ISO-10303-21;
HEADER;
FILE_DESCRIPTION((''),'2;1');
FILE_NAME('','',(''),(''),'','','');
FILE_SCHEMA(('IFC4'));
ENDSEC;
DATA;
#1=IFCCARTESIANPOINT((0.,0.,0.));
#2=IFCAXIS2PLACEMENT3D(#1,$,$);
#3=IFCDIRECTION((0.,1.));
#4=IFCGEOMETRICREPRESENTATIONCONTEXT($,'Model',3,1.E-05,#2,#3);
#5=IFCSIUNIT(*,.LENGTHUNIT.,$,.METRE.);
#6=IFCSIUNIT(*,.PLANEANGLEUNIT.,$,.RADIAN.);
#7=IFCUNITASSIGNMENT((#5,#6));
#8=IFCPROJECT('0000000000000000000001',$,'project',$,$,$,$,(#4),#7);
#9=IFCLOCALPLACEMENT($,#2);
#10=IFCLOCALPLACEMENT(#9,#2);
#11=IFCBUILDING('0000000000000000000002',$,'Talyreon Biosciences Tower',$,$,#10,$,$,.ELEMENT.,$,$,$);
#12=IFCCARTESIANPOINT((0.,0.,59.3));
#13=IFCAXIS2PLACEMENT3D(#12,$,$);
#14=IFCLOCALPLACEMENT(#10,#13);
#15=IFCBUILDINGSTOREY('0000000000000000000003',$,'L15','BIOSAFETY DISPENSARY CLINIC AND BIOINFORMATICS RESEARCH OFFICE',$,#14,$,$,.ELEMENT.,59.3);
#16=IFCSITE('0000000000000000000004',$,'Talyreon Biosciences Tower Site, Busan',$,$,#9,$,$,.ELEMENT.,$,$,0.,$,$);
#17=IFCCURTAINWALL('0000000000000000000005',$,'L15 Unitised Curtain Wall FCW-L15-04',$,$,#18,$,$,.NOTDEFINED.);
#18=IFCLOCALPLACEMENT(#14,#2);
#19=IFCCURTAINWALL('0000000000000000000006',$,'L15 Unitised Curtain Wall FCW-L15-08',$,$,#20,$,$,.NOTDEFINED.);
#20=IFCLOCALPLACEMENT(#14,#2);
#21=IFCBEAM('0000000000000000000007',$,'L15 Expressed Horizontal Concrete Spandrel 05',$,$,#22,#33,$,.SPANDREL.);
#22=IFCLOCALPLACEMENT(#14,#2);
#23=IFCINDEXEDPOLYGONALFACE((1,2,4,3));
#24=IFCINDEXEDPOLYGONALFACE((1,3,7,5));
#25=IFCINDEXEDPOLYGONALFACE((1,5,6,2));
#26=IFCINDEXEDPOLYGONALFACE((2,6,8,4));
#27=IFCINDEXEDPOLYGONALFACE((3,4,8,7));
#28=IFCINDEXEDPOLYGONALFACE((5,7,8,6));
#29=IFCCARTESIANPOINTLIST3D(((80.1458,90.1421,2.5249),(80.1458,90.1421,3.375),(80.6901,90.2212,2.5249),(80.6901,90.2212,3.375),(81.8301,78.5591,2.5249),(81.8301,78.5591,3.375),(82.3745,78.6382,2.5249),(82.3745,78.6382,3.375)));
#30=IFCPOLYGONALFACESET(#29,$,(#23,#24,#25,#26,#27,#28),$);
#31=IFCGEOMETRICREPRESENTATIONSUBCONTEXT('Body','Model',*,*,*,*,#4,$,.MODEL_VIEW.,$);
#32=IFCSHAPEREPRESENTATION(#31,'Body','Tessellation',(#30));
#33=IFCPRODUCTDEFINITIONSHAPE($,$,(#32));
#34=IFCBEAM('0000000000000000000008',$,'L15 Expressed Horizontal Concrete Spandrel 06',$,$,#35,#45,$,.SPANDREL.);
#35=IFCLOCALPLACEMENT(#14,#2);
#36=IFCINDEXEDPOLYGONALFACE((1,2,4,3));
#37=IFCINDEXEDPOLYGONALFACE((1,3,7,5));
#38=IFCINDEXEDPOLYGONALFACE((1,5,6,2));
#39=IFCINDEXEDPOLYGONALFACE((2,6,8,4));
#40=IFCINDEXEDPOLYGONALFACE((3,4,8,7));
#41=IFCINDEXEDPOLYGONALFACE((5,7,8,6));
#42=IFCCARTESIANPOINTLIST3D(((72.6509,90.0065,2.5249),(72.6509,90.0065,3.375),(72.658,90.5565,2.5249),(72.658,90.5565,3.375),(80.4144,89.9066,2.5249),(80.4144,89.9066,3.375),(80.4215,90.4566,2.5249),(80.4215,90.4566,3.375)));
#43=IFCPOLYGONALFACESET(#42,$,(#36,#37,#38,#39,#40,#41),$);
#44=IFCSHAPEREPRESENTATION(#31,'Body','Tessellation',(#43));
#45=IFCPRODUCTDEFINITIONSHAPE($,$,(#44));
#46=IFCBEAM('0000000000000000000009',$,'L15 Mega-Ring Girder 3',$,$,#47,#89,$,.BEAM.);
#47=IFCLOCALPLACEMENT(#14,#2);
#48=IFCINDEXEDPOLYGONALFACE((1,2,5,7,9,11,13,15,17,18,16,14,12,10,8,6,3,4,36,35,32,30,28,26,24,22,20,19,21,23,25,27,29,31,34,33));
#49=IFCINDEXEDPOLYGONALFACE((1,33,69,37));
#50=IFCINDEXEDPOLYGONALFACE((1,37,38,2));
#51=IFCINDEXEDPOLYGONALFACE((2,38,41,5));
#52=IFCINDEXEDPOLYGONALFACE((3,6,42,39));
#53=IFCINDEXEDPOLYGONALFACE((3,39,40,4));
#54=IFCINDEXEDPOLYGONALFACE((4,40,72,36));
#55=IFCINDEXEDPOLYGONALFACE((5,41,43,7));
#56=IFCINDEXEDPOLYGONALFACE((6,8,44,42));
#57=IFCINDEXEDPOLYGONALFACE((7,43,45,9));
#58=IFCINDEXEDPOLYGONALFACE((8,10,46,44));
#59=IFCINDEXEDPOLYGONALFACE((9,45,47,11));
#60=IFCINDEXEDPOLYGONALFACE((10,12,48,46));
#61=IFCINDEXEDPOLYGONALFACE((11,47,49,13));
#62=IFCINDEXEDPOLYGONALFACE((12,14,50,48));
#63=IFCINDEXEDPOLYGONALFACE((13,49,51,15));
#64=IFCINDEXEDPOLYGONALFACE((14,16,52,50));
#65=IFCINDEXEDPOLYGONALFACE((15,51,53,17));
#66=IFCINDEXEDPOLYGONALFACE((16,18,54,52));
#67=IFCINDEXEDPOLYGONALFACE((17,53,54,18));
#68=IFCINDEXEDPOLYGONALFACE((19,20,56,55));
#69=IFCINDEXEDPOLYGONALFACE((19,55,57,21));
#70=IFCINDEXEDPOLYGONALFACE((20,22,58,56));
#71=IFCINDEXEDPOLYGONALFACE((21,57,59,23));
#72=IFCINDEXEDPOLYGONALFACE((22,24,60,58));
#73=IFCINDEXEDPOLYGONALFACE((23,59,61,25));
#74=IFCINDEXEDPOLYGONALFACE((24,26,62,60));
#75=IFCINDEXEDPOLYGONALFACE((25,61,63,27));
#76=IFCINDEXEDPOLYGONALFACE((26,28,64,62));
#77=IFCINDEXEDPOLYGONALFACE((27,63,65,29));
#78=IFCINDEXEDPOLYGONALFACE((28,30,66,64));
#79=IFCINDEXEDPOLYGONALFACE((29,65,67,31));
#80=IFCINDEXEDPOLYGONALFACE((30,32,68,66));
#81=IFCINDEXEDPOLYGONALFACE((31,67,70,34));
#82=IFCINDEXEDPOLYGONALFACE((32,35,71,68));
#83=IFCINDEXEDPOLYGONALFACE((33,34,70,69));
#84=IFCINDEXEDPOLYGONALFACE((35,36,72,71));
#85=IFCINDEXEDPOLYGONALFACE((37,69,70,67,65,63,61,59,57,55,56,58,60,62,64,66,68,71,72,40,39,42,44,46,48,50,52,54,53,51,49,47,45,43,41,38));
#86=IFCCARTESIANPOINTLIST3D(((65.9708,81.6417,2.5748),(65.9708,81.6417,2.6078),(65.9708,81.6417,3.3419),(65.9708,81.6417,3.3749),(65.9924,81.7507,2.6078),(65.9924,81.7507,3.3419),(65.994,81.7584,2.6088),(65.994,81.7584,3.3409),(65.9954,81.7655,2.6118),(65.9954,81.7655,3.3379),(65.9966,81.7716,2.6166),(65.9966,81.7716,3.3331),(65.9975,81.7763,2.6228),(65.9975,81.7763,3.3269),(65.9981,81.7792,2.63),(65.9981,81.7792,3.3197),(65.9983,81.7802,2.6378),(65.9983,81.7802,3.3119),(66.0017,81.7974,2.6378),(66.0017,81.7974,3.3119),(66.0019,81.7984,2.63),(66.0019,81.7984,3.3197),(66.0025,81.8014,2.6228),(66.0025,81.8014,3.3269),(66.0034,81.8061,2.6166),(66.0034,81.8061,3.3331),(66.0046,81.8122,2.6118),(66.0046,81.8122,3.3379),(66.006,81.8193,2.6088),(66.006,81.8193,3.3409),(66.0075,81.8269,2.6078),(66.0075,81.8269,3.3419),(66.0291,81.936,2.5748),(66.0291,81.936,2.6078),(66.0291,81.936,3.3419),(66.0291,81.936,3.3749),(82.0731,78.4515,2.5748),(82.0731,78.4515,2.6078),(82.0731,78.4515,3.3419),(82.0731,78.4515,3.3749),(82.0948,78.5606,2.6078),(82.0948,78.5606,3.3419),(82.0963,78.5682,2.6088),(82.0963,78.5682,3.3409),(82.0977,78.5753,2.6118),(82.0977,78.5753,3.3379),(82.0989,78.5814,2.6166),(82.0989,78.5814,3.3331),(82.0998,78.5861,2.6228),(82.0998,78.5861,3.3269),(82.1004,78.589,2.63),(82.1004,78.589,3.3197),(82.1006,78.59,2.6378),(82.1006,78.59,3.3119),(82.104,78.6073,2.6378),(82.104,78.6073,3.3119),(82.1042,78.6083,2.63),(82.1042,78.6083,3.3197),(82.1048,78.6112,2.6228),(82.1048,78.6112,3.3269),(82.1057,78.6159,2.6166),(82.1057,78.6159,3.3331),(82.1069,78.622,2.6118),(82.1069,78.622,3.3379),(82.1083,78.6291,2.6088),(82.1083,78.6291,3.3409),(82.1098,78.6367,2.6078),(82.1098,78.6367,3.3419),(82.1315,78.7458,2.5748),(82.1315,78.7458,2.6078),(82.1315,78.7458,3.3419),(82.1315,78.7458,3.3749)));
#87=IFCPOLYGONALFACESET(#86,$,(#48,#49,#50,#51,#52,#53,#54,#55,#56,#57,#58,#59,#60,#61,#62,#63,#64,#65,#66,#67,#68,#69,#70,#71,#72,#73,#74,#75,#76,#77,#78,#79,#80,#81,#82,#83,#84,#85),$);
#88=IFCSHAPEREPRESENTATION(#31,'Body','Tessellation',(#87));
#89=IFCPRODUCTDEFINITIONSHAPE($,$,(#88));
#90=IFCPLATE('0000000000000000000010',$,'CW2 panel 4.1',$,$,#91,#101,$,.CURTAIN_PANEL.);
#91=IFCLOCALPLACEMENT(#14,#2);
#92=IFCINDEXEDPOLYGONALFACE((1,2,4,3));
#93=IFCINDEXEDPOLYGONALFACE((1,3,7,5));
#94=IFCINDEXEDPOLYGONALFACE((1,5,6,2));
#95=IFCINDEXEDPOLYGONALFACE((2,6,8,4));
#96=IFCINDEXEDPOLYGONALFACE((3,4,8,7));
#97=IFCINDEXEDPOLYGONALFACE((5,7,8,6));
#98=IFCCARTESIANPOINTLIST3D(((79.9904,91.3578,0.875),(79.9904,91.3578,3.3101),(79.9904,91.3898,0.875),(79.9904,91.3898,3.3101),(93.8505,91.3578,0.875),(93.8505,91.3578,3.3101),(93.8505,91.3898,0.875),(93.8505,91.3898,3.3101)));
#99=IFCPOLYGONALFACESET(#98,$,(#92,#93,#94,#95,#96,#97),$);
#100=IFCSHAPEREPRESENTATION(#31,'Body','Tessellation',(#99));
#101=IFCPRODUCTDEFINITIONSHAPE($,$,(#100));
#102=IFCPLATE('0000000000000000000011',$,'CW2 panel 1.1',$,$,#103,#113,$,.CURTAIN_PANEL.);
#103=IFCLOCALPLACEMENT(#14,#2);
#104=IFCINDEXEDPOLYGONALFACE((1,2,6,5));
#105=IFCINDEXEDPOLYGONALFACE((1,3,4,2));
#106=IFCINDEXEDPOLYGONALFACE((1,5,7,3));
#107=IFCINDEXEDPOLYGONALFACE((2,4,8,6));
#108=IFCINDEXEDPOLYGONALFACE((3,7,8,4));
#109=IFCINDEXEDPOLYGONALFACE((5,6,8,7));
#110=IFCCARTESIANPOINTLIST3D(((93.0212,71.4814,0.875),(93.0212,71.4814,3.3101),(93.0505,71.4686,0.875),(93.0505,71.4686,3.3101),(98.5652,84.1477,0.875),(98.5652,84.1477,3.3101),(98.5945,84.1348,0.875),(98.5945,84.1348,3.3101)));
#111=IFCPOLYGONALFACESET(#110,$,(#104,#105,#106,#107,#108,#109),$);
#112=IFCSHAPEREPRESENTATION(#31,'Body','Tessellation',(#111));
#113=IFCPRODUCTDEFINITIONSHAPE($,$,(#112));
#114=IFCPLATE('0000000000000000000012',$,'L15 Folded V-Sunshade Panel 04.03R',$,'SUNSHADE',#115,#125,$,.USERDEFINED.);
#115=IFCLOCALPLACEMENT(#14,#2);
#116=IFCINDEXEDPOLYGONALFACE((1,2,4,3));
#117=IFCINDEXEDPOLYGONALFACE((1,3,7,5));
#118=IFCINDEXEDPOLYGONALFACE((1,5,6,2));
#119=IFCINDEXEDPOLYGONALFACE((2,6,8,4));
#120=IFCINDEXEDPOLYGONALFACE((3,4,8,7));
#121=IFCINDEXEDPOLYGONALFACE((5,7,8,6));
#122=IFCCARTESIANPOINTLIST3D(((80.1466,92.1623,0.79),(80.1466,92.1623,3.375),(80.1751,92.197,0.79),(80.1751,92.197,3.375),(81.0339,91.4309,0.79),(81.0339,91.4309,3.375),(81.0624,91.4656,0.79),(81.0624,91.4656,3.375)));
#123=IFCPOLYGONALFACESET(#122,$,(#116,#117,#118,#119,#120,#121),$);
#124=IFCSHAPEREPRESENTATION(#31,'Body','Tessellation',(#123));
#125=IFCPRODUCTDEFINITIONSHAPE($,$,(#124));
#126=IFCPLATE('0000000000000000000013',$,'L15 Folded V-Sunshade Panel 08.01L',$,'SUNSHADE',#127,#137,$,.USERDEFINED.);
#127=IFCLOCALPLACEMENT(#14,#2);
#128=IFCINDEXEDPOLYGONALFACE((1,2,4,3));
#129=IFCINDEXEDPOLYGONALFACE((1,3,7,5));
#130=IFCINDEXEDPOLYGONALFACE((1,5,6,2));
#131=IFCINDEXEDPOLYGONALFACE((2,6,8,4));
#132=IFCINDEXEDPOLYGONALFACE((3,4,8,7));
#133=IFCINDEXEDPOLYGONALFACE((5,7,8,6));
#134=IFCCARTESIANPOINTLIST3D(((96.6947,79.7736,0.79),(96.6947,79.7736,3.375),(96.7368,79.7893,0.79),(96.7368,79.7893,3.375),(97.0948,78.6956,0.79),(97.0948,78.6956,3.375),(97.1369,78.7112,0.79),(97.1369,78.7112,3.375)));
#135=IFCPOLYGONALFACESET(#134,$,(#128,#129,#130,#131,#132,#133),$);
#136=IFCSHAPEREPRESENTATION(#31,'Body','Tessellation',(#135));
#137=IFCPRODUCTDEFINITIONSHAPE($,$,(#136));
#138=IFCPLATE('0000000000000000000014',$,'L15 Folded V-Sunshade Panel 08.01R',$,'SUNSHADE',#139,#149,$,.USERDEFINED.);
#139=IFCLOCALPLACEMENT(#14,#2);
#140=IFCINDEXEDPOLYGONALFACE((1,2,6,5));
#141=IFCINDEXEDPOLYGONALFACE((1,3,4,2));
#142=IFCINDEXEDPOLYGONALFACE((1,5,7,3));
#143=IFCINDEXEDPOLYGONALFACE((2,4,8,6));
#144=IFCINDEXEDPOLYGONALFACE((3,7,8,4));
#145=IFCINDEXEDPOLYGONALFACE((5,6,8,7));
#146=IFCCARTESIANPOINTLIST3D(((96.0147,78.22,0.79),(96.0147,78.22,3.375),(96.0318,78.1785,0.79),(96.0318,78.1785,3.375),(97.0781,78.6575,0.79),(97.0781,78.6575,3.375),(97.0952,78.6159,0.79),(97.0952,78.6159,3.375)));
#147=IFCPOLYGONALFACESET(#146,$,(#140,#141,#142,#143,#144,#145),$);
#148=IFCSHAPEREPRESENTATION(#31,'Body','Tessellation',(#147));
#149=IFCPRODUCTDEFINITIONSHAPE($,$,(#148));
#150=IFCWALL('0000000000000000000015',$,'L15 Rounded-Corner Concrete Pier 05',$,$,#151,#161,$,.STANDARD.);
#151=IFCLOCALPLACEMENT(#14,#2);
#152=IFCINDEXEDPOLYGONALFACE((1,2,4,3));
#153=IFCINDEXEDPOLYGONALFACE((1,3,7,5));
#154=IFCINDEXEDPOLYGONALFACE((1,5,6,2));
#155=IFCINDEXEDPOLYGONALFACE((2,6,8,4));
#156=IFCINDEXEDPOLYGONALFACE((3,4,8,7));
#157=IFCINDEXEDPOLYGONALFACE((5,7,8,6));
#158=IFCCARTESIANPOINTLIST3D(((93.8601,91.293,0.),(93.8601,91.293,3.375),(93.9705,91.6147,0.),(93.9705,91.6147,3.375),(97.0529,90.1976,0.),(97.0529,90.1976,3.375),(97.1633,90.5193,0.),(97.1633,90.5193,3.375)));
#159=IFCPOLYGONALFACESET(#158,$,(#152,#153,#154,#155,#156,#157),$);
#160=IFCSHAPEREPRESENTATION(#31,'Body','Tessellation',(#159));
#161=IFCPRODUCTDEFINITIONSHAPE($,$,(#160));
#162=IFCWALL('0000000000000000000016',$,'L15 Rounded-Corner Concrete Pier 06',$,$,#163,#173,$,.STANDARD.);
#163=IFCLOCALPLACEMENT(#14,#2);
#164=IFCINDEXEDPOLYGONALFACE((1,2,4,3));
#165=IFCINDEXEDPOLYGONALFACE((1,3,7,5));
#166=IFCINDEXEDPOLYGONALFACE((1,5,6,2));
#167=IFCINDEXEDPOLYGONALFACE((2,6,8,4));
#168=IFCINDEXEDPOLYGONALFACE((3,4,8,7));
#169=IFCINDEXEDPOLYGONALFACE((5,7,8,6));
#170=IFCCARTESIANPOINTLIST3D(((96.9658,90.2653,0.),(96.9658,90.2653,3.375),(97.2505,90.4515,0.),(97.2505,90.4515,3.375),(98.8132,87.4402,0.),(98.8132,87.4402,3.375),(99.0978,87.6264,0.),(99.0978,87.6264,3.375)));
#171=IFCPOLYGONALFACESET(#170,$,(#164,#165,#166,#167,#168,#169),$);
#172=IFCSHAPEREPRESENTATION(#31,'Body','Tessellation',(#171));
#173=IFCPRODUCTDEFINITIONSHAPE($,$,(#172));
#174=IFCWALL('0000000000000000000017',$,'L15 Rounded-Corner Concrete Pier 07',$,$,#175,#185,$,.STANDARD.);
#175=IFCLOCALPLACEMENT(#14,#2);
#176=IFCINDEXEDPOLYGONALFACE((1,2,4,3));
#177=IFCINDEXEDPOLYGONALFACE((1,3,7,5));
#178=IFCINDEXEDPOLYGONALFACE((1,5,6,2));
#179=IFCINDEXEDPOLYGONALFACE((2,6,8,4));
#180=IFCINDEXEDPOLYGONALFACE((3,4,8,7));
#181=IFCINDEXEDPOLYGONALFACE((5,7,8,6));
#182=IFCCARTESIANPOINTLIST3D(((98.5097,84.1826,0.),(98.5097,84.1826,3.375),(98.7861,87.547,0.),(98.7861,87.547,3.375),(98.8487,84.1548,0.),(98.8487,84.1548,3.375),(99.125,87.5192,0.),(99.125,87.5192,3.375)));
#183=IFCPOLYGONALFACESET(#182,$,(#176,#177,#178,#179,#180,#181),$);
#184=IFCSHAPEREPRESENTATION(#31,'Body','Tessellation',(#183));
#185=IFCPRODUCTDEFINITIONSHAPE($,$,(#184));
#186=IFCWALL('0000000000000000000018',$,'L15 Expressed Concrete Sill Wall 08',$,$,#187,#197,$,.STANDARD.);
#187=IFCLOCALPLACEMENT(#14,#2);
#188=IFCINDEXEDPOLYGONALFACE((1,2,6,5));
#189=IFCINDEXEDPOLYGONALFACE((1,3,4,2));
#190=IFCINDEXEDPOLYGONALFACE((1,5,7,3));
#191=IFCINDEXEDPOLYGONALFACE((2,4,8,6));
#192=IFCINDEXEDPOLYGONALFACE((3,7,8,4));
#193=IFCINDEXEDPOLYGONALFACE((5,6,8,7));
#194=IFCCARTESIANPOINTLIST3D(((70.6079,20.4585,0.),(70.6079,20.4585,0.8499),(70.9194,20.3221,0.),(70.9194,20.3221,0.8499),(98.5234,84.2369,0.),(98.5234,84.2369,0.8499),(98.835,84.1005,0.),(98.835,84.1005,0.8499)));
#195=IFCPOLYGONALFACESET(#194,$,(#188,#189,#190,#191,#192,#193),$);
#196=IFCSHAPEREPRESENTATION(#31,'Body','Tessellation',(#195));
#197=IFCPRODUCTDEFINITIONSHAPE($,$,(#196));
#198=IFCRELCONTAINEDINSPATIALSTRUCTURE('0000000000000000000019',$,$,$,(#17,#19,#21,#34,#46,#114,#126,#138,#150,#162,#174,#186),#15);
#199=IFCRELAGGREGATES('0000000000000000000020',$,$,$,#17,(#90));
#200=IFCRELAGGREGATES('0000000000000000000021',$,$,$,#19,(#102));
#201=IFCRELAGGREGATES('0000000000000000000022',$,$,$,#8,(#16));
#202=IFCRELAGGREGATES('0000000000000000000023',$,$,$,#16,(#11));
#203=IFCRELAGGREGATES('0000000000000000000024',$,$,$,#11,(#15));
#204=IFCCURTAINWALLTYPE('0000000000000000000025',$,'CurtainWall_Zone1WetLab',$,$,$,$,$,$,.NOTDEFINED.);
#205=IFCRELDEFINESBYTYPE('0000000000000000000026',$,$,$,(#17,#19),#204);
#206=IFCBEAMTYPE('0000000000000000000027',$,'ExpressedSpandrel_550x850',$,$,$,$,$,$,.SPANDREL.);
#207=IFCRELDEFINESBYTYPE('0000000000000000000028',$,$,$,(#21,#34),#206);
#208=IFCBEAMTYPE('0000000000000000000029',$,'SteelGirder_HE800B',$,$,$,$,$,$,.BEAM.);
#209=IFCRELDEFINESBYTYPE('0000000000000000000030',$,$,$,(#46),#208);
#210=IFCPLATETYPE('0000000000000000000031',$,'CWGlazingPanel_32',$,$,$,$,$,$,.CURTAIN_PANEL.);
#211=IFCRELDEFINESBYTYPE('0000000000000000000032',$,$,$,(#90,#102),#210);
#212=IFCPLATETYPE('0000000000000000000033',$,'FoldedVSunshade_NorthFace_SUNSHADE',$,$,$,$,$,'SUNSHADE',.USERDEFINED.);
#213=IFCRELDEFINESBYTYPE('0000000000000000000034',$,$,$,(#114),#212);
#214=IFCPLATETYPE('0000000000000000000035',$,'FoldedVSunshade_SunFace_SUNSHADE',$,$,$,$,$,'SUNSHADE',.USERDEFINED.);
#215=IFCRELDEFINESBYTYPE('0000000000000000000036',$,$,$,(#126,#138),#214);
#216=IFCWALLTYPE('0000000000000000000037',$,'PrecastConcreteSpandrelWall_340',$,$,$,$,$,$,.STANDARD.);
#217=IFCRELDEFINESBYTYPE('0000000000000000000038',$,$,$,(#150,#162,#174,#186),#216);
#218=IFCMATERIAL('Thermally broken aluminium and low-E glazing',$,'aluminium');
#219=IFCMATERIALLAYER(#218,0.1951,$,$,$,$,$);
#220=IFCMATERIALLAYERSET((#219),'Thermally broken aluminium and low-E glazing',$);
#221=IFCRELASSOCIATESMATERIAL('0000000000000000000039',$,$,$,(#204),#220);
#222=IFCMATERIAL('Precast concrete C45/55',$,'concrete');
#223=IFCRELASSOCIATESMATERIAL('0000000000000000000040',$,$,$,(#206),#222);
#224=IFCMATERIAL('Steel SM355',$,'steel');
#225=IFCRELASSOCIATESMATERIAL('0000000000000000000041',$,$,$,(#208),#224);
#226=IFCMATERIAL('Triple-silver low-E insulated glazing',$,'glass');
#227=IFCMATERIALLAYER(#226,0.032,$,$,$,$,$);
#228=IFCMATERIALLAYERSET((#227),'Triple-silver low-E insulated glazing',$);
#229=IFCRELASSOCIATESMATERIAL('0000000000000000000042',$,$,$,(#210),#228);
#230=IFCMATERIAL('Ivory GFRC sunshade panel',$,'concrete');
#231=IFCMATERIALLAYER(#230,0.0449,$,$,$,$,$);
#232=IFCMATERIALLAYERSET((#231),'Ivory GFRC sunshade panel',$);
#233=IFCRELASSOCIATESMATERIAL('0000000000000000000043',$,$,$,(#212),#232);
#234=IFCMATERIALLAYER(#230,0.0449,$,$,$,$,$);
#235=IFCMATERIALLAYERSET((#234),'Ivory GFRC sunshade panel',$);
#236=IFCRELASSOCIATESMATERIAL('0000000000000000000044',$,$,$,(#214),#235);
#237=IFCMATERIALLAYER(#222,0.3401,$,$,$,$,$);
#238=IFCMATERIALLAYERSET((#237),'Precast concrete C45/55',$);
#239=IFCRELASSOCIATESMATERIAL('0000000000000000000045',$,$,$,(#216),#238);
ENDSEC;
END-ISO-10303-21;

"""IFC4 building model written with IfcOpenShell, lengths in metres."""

from ifc_helpers import new_model, si_unit, direction, frame, frame_2d, origin, origin_2d, place, context, subcontext, project, spatial, rectangle, i_section, extrude, material, layer, layer_set, material_profile, profile_set, type_object, element, aggregate, save


model = new_model("IFC4")

# Units and contexts
model_context = context("Model", 3, precision=1e-05, world=origin(), true_north=direction((0.0, 1.0)))
body_context = subcontext(model_context, "Body", "Model", "MODEL_VIEW")
ifc_project = project(units=[si_unit("LENGTHUNIT", "METRE"), si_unit("PLANEANGLEUNIT", "RADIAN")], contexts=[model_context])

# Site, building, storey
site_placement = place(None, origin())
site = spatial("IfcSite", under=ifc_project, at=site_placement, Name="Talyreon Biosciences Tower Site, Busan", CompositionType="ELEMENT", RefElevation=0.0)
building_placement = place(site_placement, origin())
building = spatial("IfcBuilding", under=site, at=building_placement, Name="Talyreon Biosciences Tower", CompositionType="ELEMENT")
storey_placement = place(building_placement, frame((0.0, 0.0, 59.3)))
storey = spatial("IfcBuildingStorey", under=building, at=storey_placement, Name="L15", Description="BIOSAFETY DISPENSARY CLINIC AND BIOINFORMATICS RESEARCH OFFICE", CompositionType="ELEMENT", Elevation=59.3)

# Curtain walls
ifc_material_1 = material(Name="Thermally broken aluminium and low-E glazing", Category="aluminium")
ifc_layer_1 = layer(ifc_material_1, 0.1951)
ifc_layer_set_1 = layer_set([ifc_layer_1], Name="Thermally broken aluminium and low-E glazing")
curtain_wall_type = type_object("IfcCurtainWallType", Name="CurtainWall_Zone1WetLab", PredefinedType="NOTDEFINED", material=ifc_layer_set_1)
curtain_wall_1_placement = place(storey_placement, origin())
curtain_wall_1 = element("IfcCurtainWall", 1, at=curtain_wall_1_placement, inside=storey, type_object=curtain_wall_type, Name="L15 Unitised Curtain Wall FCW-L15-04", PredefinedType="NOTDEFINED")
curtain_wall_2_placement = place(storey_placement, origin())
curtain_wall_2 = element("IfcCurtainWall", 2, at=curtain_wall_2_placement, inside=storey, type_object=curtain_wall_type, Name="L15 Unitised Curtain Wall FCW-L15-08", PredefinedType="NOTDEFINED")

# Beams
ifc_material_2 = material(Name="Precast concrete C45/55", Category="concrete")
ifc_material_profile_1 = material_profile(ifc_material_2, rectangle(XDim=0.55, YDim=0.8501, at=origin_2d()), Name="RCB 550x850")
ifc_profile_set_1 = profile_set([ifc_material_profile_1], Name="Precast concrete C45/55")
beam_type_1 = type_object("IfcBeamType", Name="ExpressedSpandrel_550x850", PredefinedType="SPANDREL", material=ifc_profile_set_1)
beam_1_placement = place(storey_placement, frame((82.1023, 78.5986, 2.95), z_axis=(-0.1439, 0.989592, 0.0), x_axis=(-0.989592, -0.1439, 0.0)))
element("IfcBeam", 3, at=beam_1_placement, inside=storey, type_object=beam_type_1, Name="L15 Expressed Horizontal Concrete Spandrel 05", PredefinedType="SPANDREL", context=body_context, shape_type="SweptSolid", body=[
    extrude(rectangle(XDim=0.55, YDim=0.8501, at=origin_2d()), origin(), (0.0, 0.0, 1.0), 11.7048),
])
beam_2_placement = place(storey_placement, frame((80.418, 90.1816, 2.95), z_axis=(-0.999917, 0.012861, 0.0), x_axis=(-0.012861, -0.999917, 0.0)))
element("IfcBeam", 4, at=beam_2_placement, inside=storey, type_object=beam_type_1, Name="L15 Expressed Horizontal Concrete Spandrel 06", PredefinedType="SPANDREL", context=body_context, shape_type="SweptSolid", body=[
    extrude(rectangle(XDim=0.55, YDim=0.8501, at=origin_2d()), origin(), (0.0, 0.0, 1.0), 7.7642),
])
ifc_material_3 = material(Name="Steel SM355", Category="steel")
ifc_material_profile_2 = material_profile(ifc_material_3, i_section(OverallWidth=0.3, OverallDepth=0.8, WebThickness=0.0176, FlangeThickness=0.033, FilletRadius=0.03, at=origin_2d()), Name="HE800B")
ifc_profile_set_2 = profile_set([ifc_material_profile_2], Name="Steel SM355")
beam_type_2 = type_object("IfcBeamType", Name="SteelGirder_HE800B", PredefinedType="BEAM", material=ifc_profile_set_2)
beam_3_placement = place(storey_placement, frame((82.1023, 78.5986, 2.9749), z_axis=(-0.980934, 0.194343, 0.0), x_axis=(-0.194343, -0.980934, 0.0)))
element("IfcBeam", 5, at=beam_3_placement, inside=storey, type_object=beam_type_2, Name="L15 Mega-Ring Girder 3", PredefinedType="BEAM", context=body_context, shape_type="SweptSolid", body=[
    extrude(i_section(OverallWidth=0.3, OverallDepth=0.8, WebThickness=0.0176, FlangeThickness=0.033, FilletRadius=0.03, at=origin_2d()), origin(), (0.0, 0.0, 1.0), 16.4153),
])

# Plates
ifc_material_4 = material(Name="Triple-silver low-E insulated glazing", Category="glass")
ifc_layer_2 = layer(ifc_material_4, 0.032)
ifc_layer_set_2 = layer_set([ifc_layer_2], Name="Triple-silver low-E insulated glazing")
plate_type_1 = type_object("IfcPlateType", Name="CWGlazingPanel_32", PredefinedType="CURTAIN_PANEL", material=ifc_layer_set_2)
plate_1_placement = place(storey_placement, frame((86.9204, 91.3738, 0.875), z_axis=(0.0, 0.0, 1.0), x_axis=(1.0, 0.0, 0.0)))
plate_1 = element("IfcPlate", 6, at=plate_1_placement, type_object=plate_type_1, Name="CW2 panel 4.1", PredefinedType="CURTAIN_PANEL", context=body_context, shape_type="SweptSolid", body=[
    extrude(rectangle(XDim=13.8601, YDim=0.032, at=origin_2d()), origin(), (0.0, 0.0, 1.0), 2.4351),
])
aggregate(curtain_wall_1, [plate_1])
plate_2_placement = place(storey_placement, frame((95.8079, 77.8081, 0.875), z_axis=(0.0, 0.0, 1.0), x_axis=(-0.400968, -0.916092, 0.0)))
plate_2 = element("IfcPlate", 7, at=plate_2_placement, type_object=plate_type_1, Name="CW2 panel 1.1", PredefinedType="CURTAIN_PANEL", context=body_context, shape_type="SweptSolid", body=[
    extrude(rectangle(XDim=13.8264, YDim=0.032, at=origin_2d()), origin(), (0.0, 0.0, 1.0), 2.4351),
])
aggregate(curtain_wall_2, [plate_2])

# Plates
ifc_material_5 = material(Name="Ivory GFRC sunshade panel", Category="concrete")
ifc_layer_3 = layer(ifc_material_5, 0.0449)
ifc_layer_set_3 = layer_set([ifc_layer_3], Name="Ivory GFRC sunshade panel")
plate_type_2 = type_object("IfcPlateType", Name="FoldedVSunshade_NorthFace_SUNSHADE", ElementType="SUNSHADE", PredefinedType="USERDEFINED", material=ifc_layer_set_3)
plate_3_placement = place(storey_placement, frame((80.6045, 91.814, 0.79), z_axis=(0.0, 0.0, 1.0), x_axis=(0.771625, -0.636078, 0.0)))
element("IfcPlate", 8, at=plate_3_placement, inside=storey, type_object=plate_type_2, Name="L15 Folded V-Sunshade Panel 04.03R", ObjectType="SUNSHADE", PredefinedType="USERDEFINED", context=body_context, shape_type="SweptSolid", body=[
    extrude(rectangle(XDim=1.1499, YDim=0.0449, at=origin_2d()), origin(), (0.0, 0.0, 1.0), 2.585),
])
ifc_layer_4 = layer(ifc_material_5, 0.0449)
ifc_layer_set_4 = layer_set([ifc_layer_4], Name="Ivory GFRC sunshade panel")
plate_type_3 = type_object("IfcPlateType", Name="FoldedVSunshade_SunFace_SUNSHADE", ElementType="SUNSHADE", PredefinedType="USERDEFINED", material=ifc_layer_set_4)
for number, where, z_axis, x_axis, name in (
    (9, (96.9158, 79.2424, 0.79), (0.0, 0.0, 1.0), (0.347934, -0.937519, 0.0), "L15 Folded V-Sunshade Panel 08.01L"),
    (10, (96.5549, 78.418, 0.79), (0.0, 0.0, 1.0), (-0.924805, -0.380441, 0.0), "L15 Folded V-Sunshade Panel 08.01R"),
):
    element("IfcPlate", number, at=place(storey_placement, frame(where, z_axis=z_axis, x_axis=x_axis)), inside=storey, type_object=plate_type_3, Name=name, ObjectType="SUNSHADE", PredefinedType="USERDEFINED", context=body_context, shape_type="SweptSolid", body=[
        extrude(rectangle(XDim=1.1499, YDim=0.0449, at=origin_2d()), origin(), (0.0, 0.0, 1.0), 2.585),
    ])

# Walls
ifc_layer_5 = layer(ifc_material_2, 0.3401)
ifc_layer_set_5 = layer_set([ifc_layer_5], Name="Precast concrete C45/55")
wall_type = type_object("IfcWallType", Name="PrecastConcreteSpandrelWall_340", PredefinedType="STANDARD", material=ifc_layer_set_5)
for number, where, z_axis, x_axis, name in (
    (11, (93.9153, 91.4539, 0.0), (0.0, 0.0, 1.0), (0.945877, -0.324526, 0.0), "L15 Rounded-Corner Concrete Pier 05"),
    (12, (97.1082, 90.3584, 0.0), (0.0, 0.0, 1.0), (0.547284, -0.836947, 0.0), "L15 Rounded-Corner Concrete Pier 06"),
):
    element("IfcWall", number, at=place(storey_placement, frame(where, z_axis=z_axis, x_axis=x_axis)), inside=storey, type_object=wall_type, Name=name, PredefinedType="STANDARD", context=body_context, shape_type="SweptSolid", body=[
        extrude(rectangle(XDim=3.3755, YDim=0.3401, at=frame_2d((1.6877, 0.0))), origin(), (0.0, 0.0, 1.0), 3.375),
    ])
wall_1_placement = place(storey_placement, frame((98.9556, 87.5332, 0.0), z_axis=(0.0, 0.0, 1.0), x_axis=(-0.081866, -0.996643, 0.0)))
element("IfcWall", 13, at=wall_1_placement, inside=storey, type_object=wall_type, Name="L15 Rounded-Corner Concrete Pier 07", PredefinedType="STANDARD", context=body_context, shape_type="SweptSolid", body=[
    extrude(rectangle(XDim=3.3757, YDim=0.3401, at=frame_2d((1.688, 0.0))), origin(), (0.0, 0.0, 1.0), 3.375),
])
wall_2_placement = place(storey_placement, frame((98.6792, 84.1687, 0.0), z_axis=(0.0, 0.0, 1.0), x_axis=(-0.40097, -0.916091, 0.0)))
element("IfcWall", 14, at=wall_2_placement, inside=storey, type_object=wall_type, Name="L15 Expressed Concrete Sill Wall 08", PredefinedType="STANDARD", context=body_context, shape_type="SweptSolid", body=[
    extrude(rectangle(XDim=69.6201, YDim=0.3401, at=frame_2d((34.8101, 0.0))), origin(), (0.0, 0.0, 1.0), 0.8499),
])

save(model, "model.ifc")
